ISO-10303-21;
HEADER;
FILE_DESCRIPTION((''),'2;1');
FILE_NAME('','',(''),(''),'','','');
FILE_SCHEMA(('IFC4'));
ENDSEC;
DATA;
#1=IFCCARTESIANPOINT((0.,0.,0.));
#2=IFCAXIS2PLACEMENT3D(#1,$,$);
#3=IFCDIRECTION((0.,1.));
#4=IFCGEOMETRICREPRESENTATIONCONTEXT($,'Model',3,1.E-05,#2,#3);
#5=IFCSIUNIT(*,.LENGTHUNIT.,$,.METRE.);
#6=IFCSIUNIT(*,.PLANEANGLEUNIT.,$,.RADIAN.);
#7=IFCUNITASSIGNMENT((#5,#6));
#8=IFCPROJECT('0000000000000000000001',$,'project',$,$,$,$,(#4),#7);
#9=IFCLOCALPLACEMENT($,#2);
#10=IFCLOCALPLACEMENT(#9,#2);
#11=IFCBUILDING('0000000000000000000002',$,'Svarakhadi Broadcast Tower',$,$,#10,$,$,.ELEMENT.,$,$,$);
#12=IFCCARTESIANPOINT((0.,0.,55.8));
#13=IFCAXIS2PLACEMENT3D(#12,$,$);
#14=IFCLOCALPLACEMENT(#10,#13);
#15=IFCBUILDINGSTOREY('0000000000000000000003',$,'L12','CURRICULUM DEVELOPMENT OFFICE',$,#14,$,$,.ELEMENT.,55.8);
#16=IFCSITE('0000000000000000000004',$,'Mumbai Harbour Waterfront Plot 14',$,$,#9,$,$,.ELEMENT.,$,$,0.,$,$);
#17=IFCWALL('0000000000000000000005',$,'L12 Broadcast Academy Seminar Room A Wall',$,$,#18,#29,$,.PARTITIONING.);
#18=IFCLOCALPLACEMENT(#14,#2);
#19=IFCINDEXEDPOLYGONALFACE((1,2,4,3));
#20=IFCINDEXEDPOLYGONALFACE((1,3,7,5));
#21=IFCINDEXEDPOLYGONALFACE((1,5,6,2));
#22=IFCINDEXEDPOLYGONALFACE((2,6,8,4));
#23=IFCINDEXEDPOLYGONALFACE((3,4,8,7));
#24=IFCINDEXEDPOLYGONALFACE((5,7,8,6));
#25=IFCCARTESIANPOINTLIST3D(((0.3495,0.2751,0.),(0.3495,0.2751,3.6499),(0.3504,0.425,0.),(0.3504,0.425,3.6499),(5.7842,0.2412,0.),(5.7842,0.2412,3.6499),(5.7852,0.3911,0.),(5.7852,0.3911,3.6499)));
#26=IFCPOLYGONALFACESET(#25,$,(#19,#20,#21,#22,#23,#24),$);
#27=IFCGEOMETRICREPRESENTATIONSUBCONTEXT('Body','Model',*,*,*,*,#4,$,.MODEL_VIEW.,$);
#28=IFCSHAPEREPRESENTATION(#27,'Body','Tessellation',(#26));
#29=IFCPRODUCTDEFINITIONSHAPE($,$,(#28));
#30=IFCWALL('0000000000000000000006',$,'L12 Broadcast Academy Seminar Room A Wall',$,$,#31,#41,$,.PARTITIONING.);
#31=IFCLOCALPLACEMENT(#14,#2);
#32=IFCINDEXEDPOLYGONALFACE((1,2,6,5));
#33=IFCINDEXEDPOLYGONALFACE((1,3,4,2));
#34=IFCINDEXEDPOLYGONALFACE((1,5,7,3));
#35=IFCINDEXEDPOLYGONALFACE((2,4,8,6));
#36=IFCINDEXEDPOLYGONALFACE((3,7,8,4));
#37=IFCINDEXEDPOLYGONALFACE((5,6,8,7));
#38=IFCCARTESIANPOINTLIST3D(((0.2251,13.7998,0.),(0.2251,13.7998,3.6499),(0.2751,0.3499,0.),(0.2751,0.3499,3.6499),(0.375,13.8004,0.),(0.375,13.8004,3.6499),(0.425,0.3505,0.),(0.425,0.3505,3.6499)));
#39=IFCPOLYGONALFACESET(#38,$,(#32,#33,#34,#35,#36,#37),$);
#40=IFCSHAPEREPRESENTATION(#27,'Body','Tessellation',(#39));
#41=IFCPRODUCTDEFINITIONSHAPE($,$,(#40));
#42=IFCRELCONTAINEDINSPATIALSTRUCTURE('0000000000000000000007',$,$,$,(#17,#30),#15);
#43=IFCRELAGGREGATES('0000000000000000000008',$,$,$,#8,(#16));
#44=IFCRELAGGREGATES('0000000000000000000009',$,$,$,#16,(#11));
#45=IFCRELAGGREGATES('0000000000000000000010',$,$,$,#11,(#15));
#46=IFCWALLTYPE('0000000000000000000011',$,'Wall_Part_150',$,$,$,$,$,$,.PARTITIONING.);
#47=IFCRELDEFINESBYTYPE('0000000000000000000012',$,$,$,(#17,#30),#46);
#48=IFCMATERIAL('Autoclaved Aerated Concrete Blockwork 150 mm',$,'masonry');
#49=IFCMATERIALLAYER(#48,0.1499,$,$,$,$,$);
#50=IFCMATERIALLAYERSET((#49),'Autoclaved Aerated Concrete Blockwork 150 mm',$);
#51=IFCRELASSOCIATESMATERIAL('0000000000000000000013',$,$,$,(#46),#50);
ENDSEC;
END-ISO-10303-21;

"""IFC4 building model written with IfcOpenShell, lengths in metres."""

from ifc_helpers import new_model, si_unit, direction, frame, frame_2d, origin, place, context, subcontext, project, spatial, rectangle, extrude, material, layer, layer_set, type_object, element, save


model = new_model("IFC4")

# Units and contexts
model_context = context("Model", 3, precision=1e-05, world=origin(), true_north=direction((0.0, 1.0)))
body_context = subcontext(model_context, "Body", "Model", "MODEL_VIEW")
ifc_project = project(units=[si_unit("LENGTHUNIT", "METRE"), si_unit("PLANEANGLEUNIT", "RADIAN")], contexts=[model_context])

# Site, building, storey
site_placement = place(None, origin())
site = spatial("IfcSite", under=ifc_project, at=site_placement, Name="Mumbai Harbour Waterfront Plot 14", CompositionType="ELEMENT", RefElevation=0.0)
building_placement = place(site_placement, origin())
building = spatial("IfcBuilding", under=site, at=building_placement, Name="Svarakhadi Broadcast Tower", CompositionType="ELEMENT")
storey_placement = place(building_placement, frame((0.0, 0.0, 55.8)))
storey = spatial("IfcBuildingStorey", under=building, at=storey_placement, Name="L12", Description="CURRICULUM DEVELOPMENT OFFICE", CompositionType="ELEMENT", Elevation=55.8)

# Walls
ifc_material_1 = material(Name="Autoclaved Aerated Concrete Blockwork 150 mm", Category="masonry")
ifc_layer_1 = layer(ifc_material_1, 0.1499)
ifc_layer_set_1 = layer_set([ifc_layer_1], Name="Autoclaved Aerated Concrete Blockwork 150 mm")
wall_type = type_object("IfcWallType", Name="Wall_Part_150", PredefinedType="PARTITIONING", material=ifc_layer_set_1)
wall_1_placement = place(storey_placement, frame((0.3501, 0.3501, 0.0), z_axis=(0.0, 0.0, 1.0), x_axis=(0.999981, -0.006244, 0.0)))
element("IfcWall", 1, at=wall_1_placement, inside=storey, type_object=wall_type, Name="L12 Broadcast Academy Seminar Room A Wall", PredefinedType="PARTITIONING", context=body_context, shape_type="SweptSolid", body=[
    extrude(rectangle(XDim=5.4348, YDim=0.1499, at=frame_2d((2.7173, 0.0))), origin(), (0.0, 0.0, 1.0), 3.6499),
])
wall_2_placement = place(storey_placement, frame((0.3501, 0.3501, 0.0), z_axis=(0.0, 0.0, 1.0), x_axis=(-0.003721, 0.999993, 0.0)))
element("IfcWall", 2, at=wall_2_placement, inside=storey, type_object=wall_type, Name="L12 Broadcast Academy Seminar Room A Wall", PredefinedType="PARTITIONING", context=body_context, shape_type="SweptSolid", body=[
    extrude(rectangle(XDim=13.45, YDim=0.1499, at=frame_2d((6.7251, 0.0))), origin(), (0.0, 0.0, 1.0), 3.6499),
])

save(model, "model.ifc")
